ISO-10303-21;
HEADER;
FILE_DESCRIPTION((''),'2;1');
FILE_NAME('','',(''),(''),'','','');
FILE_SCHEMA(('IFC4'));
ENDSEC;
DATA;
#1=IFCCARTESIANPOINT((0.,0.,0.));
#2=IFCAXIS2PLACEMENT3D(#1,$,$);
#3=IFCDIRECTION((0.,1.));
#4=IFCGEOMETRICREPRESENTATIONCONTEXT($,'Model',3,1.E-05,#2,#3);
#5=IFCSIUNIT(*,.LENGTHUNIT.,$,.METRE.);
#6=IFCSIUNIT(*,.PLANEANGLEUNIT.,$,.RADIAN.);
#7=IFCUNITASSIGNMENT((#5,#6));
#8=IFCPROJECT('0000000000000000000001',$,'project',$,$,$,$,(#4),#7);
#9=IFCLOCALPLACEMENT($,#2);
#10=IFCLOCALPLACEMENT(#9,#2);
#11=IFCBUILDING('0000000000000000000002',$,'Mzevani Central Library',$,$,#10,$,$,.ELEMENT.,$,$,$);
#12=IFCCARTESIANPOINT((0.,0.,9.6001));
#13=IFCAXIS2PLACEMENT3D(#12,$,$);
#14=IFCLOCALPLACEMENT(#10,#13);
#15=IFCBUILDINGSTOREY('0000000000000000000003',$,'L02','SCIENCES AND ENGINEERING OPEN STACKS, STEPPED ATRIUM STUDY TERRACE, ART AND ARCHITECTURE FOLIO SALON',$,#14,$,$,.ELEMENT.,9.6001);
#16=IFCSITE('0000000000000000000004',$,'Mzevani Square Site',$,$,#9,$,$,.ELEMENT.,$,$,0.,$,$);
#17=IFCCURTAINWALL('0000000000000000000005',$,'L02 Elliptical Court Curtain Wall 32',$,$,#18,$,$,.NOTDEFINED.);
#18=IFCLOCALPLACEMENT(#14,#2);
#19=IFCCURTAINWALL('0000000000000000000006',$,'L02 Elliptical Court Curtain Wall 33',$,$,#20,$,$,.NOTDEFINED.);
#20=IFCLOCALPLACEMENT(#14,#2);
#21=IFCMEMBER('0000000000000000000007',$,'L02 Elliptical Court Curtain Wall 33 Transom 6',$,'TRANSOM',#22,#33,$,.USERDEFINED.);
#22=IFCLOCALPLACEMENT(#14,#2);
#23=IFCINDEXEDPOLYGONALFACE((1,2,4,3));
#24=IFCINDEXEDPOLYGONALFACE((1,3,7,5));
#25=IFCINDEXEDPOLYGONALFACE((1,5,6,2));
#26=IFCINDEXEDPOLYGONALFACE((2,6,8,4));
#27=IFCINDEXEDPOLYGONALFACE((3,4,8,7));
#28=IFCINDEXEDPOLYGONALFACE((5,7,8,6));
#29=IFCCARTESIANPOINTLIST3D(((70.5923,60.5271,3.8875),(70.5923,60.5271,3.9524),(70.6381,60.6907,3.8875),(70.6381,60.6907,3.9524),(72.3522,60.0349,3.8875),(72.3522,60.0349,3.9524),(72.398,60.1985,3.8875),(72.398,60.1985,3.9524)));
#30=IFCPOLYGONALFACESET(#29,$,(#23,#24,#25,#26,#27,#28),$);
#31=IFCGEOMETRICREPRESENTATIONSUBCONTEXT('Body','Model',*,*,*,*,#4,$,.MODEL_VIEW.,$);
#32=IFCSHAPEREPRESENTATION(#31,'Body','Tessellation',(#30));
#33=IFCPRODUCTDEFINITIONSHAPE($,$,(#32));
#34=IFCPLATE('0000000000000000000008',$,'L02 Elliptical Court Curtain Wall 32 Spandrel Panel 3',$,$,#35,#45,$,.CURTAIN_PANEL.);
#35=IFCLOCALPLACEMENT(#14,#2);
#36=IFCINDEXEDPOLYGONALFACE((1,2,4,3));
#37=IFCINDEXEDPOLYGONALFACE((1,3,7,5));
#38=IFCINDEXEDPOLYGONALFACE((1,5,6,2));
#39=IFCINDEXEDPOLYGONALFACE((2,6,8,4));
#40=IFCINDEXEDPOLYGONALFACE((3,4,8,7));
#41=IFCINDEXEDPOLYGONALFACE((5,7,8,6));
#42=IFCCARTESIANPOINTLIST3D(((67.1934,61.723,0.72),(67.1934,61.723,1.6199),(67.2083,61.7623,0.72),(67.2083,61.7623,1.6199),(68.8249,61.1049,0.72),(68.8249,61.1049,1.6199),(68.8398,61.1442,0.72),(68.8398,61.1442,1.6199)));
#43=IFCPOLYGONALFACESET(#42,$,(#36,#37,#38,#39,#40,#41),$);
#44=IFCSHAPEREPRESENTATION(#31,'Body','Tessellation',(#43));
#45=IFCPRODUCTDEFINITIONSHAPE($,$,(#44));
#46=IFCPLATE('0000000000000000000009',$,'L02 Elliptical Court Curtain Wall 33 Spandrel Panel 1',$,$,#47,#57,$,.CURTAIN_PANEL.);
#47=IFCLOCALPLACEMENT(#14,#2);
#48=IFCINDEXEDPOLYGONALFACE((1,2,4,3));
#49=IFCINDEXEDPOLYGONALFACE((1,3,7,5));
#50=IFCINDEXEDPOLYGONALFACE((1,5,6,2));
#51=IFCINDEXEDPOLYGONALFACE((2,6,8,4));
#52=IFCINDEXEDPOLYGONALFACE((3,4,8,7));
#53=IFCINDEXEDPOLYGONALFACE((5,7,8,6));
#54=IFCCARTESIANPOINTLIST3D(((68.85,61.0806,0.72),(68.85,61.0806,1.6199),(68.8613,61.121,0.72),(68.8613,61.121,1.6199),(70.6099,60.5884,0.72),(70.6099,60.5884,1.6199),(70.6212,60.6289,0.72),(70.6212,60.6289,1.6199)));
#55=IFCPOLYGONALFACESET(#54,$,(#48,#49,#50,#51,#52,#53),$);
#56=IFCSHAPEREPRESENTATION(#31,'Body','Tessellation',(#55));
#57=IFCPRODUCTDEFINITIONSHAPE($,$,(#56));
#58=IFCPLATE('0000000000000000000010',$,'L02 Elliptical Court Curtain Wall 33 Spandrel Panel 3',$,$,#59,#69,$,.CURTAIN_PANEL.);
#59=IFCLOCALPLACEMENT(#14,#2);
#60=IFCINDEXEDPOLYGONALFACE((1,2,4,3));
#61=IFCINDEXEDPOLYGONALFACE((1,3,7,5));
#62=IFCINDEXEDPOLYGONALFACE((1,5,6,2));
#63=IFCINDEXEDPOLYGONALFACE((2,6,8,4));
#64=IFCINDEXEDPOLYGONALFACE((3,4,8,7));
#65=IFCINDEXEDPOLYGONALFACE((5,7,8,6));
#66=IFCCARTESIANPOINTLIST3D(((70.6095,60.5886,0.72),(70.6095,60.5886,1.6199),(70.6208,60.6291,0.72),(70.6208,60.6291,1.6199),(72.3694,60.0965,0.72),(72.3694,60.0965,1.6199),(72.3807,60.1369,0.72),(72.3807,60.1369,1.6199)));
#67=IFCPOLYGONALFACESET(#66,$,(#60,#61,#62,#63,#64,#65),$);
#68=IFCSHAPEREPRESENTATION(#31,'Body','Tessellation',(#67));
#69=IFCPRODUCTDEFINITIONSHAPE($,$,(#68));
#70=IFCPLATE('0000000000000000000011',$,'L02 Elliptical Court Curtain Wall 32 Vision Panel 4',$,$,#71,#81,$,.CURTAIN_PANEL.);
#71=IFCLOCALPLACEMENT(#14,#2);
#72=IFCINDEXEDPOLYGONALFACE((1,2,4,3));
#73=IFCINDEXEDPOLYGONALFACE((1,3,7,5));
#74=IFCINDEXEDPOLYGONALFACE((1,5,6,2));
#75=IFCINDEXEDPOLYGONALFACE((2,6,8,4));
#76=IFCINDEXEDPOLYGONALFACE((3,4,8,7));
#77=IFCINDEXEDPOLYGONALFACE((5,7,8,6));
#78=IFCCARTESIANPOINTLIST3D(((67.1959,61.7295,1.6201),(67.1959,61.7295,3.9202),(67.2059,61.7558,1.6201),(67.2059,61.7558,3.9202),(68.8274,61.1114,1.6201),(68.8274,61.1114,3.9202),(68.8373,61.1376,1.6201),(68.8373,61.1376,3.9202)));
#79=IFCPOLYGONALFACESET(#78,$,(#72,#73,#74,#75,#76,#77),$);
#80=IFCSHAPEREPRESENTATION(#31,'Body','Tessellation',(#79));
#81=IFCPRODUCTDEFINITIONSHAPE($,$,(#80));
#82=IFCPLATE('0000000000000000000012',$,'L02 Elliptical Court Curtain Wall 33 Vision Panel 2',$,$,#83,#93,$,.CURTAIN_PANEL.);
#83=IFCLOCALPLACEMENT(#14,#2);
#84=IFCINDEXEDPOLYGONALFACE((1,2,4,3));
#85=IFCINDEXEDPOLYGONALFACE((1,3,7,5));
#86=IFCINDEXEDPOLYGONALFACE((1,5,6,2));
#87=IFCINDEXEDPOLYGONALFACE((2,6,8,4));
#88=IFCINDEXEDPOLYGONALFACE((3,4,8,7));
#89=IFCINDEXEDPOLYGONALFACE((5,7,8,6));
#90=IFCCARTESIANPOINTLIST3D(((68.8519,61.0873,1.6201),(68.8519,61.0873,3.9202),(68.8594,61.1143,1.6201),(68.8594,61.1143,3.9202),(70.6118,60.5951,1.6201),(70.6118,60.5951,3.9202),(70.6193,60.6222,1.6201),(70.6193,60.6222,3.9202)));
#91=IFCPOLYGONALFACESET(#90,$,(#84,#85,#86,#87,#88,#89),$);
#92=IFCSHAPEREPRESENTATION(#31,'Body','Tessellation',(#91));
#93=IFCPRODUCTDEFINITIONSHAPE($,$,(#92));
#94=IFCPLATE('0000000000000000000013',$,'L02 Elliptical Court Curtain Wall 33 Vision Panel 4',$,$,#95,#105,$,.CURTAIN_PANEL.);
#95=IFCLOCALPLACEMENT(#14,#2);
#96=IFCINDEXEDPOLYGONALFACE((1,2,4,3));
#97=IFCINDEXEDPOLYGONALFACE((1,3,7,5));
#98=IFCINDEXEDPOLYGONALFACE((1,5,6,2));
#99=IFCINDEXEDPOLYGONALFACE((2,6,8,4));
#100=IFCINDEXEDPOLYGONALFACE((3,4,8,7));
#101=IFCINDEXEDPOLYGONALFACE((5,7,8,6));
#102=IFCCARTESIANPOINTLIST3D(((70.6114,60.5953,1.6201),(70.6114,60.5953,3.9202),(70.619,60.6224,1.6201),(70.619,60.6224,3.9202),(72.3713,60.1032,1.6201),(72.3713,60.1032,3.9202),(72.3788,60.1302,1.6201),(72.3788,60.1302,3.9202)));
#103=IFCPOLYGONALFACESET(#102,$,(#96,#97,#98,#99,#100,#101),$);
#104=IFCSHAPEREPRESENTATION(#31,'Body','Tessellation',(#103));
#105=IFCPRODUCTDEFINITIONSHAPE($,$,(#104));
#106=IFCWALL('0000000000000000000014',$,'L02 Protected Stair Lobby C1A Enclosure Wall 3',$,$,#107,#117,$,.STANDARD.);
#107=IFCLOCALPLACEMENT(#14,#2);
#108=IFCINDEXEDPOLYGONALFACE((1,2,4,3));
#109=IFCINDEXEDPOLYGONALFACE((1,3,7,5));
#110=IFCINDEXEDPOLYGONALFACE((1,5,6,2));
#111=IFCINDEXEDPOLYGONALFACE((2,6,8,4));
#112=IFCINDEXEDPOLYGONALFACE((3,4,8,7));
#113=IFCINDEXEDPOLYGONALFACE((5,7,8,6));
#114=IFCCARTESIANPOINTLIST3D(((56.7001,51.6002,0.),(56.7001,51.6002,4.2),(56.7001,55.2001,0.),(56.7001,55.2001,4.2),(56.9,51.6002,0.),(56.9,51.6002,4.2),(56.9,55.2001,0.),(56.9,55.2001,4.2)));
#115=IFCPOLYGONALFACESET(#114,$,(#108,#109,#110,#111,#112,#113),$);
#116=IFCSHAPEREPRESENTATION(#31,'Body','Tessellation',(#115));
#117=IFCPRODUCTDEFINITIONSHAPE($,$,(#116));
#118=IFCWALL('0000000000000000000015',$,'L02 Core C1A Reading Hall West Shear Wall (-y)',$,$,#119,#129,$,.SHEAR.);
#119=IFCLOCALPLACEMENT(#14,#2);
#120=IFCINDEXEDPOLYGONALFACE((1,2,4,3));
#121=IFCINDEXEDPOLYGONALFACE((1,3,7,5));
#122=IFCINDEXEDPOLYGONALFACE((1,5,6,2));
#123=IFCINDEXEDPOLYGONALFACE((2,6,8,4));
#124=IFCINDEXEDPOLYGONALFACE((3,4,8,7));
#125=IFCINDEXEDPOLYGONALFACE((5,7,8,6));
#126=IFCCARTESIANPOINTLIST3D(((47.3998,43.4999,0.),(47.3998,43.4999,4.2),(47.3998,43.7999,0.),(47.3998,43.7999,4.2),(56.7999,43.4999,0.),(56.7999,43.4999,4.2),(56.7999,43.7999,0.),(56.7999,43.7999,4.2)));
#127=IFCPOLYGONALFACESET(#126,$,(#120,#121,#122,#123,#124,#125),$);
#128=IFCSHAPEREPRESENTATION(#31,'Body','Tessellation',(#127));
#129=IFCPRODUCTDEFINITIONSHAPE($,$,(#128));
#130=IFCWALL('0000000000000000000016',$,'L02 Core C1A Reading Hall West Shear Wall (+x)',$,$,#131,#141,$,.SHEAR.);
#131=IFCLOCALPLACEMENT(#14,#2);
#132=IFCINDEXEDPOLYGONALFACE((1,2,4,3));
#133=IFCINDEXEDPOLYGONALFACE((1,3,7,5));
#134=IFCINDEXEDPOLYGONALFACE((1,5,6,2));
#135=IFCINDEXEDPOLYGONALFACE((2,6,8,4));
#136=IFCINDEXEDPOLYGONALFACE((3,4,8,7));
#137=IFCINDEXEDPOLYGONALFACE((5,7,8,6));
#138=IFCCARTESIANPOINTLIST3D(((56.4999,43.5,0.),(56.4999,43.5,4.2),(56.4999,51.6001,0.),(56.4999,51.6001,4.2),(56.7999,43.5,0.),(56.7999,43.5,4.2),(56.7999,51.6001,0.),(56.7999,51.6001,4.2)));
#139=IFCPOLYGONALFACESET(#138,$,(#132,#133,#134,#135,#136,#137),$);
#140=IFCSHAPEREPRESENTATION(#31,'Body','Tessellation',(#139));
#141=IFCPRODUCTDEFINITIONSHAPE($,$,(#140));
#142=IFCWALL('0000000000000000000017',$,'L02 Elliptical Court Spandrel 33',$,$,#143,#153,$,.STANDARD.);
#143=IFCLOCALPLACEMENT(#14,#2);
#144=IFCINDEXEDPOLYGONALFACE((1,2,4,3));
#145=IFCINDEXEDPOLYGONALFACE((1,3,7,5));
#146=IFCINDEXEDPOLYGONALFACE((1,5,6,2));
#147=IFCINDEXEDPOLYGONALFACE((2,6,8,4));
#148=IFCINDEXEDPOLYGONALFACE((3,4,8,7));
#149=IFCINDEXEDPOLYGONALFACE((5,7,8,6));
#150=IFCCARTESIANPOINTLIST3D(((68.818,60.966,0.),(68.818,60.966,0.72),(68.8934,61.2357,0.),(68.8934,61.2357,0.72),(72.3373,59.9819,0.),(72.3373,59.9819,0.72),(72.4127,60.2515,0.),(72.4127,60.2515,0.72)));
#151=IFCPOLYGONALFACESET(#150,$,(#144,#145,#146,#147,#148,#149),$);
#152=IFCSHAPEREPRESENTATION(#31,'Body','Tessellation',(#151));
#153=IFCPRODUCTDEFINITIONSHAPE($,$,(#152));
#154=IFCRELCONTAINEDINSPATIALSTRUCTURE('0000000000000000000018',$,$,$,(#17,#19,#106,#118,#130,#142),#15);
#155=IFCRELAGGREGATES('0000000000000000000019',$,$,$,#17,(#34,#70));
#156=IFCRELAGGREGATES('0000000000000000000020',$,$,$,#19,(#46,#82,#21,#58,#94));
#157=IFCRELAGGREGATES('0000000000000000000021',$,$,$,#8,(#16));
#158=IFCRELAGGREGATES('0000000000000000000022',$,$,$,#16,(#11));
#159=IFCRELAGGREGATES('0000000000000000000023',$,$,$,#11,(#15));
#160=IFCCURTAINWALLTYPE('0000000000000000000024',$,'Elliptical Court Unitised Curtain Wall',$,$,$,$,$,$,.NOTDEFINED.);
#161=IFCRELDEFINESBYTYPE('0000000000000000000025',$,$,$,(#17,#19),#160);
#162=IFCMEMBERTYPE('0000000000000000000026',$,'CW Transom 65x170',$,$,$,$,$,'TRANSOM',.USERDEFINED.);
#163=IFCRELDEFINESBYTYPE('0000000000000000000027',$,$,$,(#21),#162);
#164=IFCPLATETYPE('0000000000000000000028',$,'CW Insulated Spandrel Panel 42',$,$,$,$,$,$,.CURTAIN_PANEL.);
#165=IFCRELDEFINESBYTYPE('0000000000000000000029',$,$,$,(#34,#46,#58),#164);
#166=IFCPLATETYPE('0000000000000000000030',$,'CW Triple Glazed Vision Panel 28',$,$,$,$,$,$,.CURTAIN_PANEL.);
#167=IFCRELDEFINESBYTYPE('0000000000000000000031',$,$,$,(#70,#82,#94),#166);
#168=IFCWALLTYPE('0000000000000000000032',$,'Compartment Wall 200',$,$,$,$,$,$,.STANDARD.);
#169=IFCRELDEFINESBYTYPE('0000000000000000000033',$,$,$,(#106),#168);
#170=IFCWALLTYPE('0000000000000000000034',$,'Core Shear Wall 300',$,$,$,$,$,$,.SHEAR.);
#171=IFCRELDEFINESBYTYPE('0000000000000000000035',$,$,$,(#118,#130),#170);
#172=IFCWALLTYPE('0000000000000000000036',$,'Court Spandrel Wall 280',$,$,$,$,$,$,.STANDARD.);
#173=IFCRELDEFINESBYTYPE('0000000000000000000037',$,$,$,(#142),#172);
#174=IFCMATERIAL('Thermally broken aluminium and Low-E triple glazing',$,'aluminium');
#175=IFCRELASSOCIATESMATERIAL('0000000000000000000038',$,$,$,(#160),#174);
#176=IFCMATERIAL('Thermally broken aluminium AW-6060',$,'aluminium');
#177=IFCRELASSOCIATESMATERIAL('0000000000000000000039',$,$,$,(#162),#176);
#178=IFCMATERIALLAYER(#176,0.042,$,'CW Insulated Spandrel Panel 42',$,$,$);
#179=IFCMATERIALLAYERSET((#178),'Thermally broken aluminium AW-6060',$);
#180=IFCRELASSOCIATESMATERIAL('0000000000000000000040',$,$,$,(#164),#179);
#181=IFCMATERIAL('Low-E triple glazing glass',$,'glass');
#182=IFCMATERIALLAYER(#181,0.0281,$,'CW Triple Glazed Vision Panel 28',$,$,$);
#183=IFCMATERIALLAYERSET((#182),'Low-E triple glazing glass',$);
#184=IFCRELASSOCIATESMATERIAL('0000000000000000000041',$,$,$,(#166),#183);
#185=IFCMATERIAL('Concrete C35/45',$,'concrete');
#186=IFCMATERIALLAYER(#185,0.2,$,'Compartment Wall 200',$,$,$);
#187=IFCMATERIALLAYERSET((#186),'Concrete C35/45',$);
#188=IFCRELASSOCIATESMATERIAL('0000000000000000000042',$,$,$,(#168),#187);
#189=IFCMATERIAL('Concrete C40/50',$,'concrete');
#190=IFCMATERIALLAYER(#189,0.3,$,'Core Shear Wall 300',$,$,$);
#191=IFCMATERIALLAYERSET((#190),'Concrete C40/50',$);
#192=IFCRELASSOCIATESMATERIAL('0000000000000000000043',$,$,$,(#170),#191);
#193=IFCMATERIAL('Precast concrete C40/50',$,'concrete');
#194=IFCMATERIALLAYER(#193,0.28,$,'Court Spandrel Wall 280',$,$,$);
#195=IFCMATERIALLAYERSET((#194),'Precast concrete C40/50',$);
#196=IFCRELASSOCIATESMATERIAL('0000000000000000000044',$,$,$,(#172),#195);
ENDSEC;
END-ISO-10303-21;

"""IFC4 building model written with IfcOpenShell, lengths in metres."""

from ifc_helpers import new_model, si_unit, direction, frame, frame_2d, origin, origin_2d, place, context, subcontext, project, spatial, rectangle, extrude, material, layer, layer_set, material_profile, profile_set, type_object, element, aggregate, save


model = new_model("IFC4")

# Units and contexts
model_context = context("Model", 3, precision=1e-05, world=origin(), true_north=direction((0.0, 1.0)))
body_context = subcontext(model_context, "Body", "Model", "MODEL_VIEW")
ifc_project = project(units=[si_unit("LENGTHUNIT", "METRE"), si_unit("PLANEANGLEUNIT", "RADIAN")], contexts=[model_context])

# Site, building, storey
site_placement = place(None, origin())
site = spatial("IfcSite", under=ifc_project, at=site_placement, Name="Mzevani Square Site", CompositionType="ELEMENT", RefElevation=0.0)
building_placement = place(site_placement, origin())
building = spatial("IfcBuilding", under=site, at=building_placement, Name="Mzevani Central Library", CompositionType="ELEMENT")
storey_placement = place(building_placement, frame((0.0, 0.0, 9.6001)))
storey = spatial("IfcBuildingStorey", under=building, at=storey_placement, Name="L02", Description="SCIENCES AND ENGINEERING OPEN STACKS, STEPPED ATRIUM STUDY TERRACE, ART AND ARCHITECTURE FOLIO SALON", CompositionType="ELEMENT", Elevation=9.6001)

# Shared definitions
ifc_material_1 = material(Name="Concrete C40/50", Category="concrete")

# Shared definitions
ifc_material_2 = material(Name="Concrete C35/45", Category="concrete")

# Curtain wall
ifc_material_3 = material(Name="Thermally broken aluminium and Low-E triple glazing", Category="aluminium")
curtain_wall_type = type_object("IfcCurtainWallType", Name="Elliptical Court Unitised Curtain Wall", PredefinedType="NOTDEFINED", material=ifc_material_3)
curtain_wall_1_placement = place(storey_placement, origin())
curtain_wall_1 = element("IfcCurtainWall", 1, at=curtain_wall_1_placement, inside=storey, type_object=curtain_wall_type, Name="L02 Elliptical Court Curtain Wall 32", PredefinedType="NOTDEFINED")
ifc_material_4 = material(Name="Thermally broken aluminium AW-6060", Category="aluminium")

# Curtain wall, member
curtain_wall_2_placement = place(storey_placement, origin())
curtain_wall_2 = element("IfcCurtainWall", 2, at=curtain_wall_2_placement, inside=storey, type_object=curtain_wall_type, Name="L02 Elliptical Court Curtain Wall 33", PredefinedType="NOTDEFINED")
ifc_material_profile_1 = material_profile(ifc_material_4, rectangle(XDim=0.1699, YDim=0.0649, at=origin_2d()), Name="ALU T65x170")
ifc_profile_set_1 = profile_set([ifc_material_profile_1], Name="Thermally broken aluminium AW-6060")
member_type_1 = type_object("IfcMemberType", Name="CW Transom 65x170", ElementType="TRANSOM", PredefinedType="USERDEFINED", material=ifc_profile_set_1)
member_1_placement = place(storey_placement, frame((70.6152, 60.6089, 3.9199), z_axis=(0.963042, -0.269352, 0.0), x_axis=(0.269352, 0.963042, 0.0)))
member_1 = element("IfcMember", 3, at=member_1_placement, type_object=member_type_1, Name="L02 Elliptical Court Curtain Wall 33 Transom 6", ObjectType="TRANSOM", PredefinedType="USERDEFINED", context=body_context, shape_type="SweptSolid", body=[
    extrude(rectangle(XDim=0.1699, YDim=0.0649, at=origin_2d()), origin(), (0.0, 0.0, 1.0), 1.8274),
])

# Plates
ifc_layer_1 = layer(ifc_material_4, 0.042, Name="CW Insulated Spandrel Panel 42")
ifc_layer_set_1 = layer_set([ifc_layer_1], Name="Thermally broken aluminium AW-6060")
plate_type_1 = type_object("IfcPlateType", Name="CW Insulated Spandrel Panel 42", PredefinedType="CURTAIN_PANEL", material=ifc_layer_set_1)
plate_1_placement = place(storey_placement, frame((68.0166, 61.4336, 0.72), z_axis=(0.0, 0.0, 1.0), x_axis=(0.935126, -0.354316, 0.0)))
plate_1 = element("IfcPlate", 4, at=plate_1_placement, type_object=plate_type_1, Name="L02 Elliptical Court Curtain Wall 32 Spandrel Panel 3", PredefinedType="CURTAIN_PANEL", context=body_context, shape_type="SweptSolid", body=[
    extrude(rectangle(XDim=1.7446, YDim=0.042, at=origin_2d()), origin(), (0.0, 0.0, 1.0), 0.8999),
])
plate_2_placement = place(storey_placement, frame((69.7356, 60.8547, 0.72), z_axis=(0.0, 0.0, 1.0), x_axis=(0.963054, -0.26931, 0.0)))
plate_2 = element("IfcPlate", 5, at=plate_2_placement, type_object=plate_type_1, Name="L02 Elliptical Court Curtain Wall 33 Spandrel Panel 1", PredefinedType="CURTAIN_PANEL", context=body_context, shape_type="SweptSolid", body=[
    extrude(rectangle(XDim=1.8274, YDim=0.042, at=origin_2d()), origin(), (0.0, 0.0, 1.0), 0.8999),
])
plate_3_placement = place(storey_placement, frame((71.4951, 60.3628, 0.72), z_axis=(0.0, 0.0, 1.0), x_axis=(0.963054, -0.26931, 0.0)))
plate_3 = element("IfcPlate", 6, at=plate_3_placement, type_object=plate_type_1, Name="L02 Elliptical Court Curtain Wall 33 Spandrel Panel 3", PredefinedType="CURTAIN_PANEL", context=body_context, shape_type="SweptSolid", body=[
    extrude(rectangle(XDim=1.8274, YDim=0.042, at=origin_2d()), origin(), (0.0, 0.0, 1.0), 0.8999),
])
ifc_material_5 = material(Name="Low-E triple glazing glass", Category="glass")
ifc_layer_2 = layer(ifc_material_5, 0.0281, Name="CW Triple Glazed Vision Panel 28")
ifc_layer_set_2 = layer_set([ifc_layer_2], Name="Low-E triple glazing glass")
plate_type_2 = type_object("IfcPlateType", Name="CW Triple Glazed Vision Panel 28", PredefinedType="CURTAIN_PANEL", material=ifc_layer_set_2)
plate_4_placement = place(storey_placement, frame((68.0166, 61.4336, 1.6201), z_axis=(0.0, 0.0, 1.0), x_axis=(0.935126, -0.354316, 0.0)))
plate_4 = element("IfcPlate", 7, at=plate_4_placement, type_object=plate_type_2, Name="L02 Elliptical Court Curtain Wall 32 Vision Panel 4", PredefinedType="CURTAIN_PANEL", context=body_context, shape_type="SweptSolid", body=[
    extrude(rectangle(XDim=1.7446, YDim=0.0281, at=origin_2d()), origin(), (0.0, 0.0, 1.0), 2.3),
])
aggregate(curtain_wall_1, [plate_1, plate_4])
plate_5_placement = place(storey_placement, frame((69.7356, 60.8547, 1.6201), z_axis=(0.0, 0.0, 1.0), x_axis=(0.963054, -0.26931, 0.0)))
plate_5 = element("IfcPlate", 8, at=plate_5_placement, type_object=plate_type_2, Name="L02 Elliptical Court Curtain Wall 33 Vision Panel 2", PredefinedType="CURTAIN_PANEL", context=body_context, shape_type="SweptSolid", body=[
    extrude(rectangle(XDim=1.8274, YDim=0.0281, at=origin_2d()), origin(), (0.0, 0.0, 1.0), 2.3),
])
plate_6_placement = place(storey_placement, frame((71.4951, 60.3628, 1.6201), z_axis=(0.0, 0.0, 1.0), x_axis=(0.963054, -0.26931, 0.0)))
plate_6 = element("IfcPlate", 9, at=plate_6_placement, type_object=plate_type_2, Name="L02 Elliptical Court Curtain Wall 33 Vision Panel 4", PredefinedType="CURTAIN_PANEL", context=body_context, shape_type="SweptSolid", body=[
    extrude(rectangle(XDim=1.8274, YDim=0.0281, at=origin_2d()), origin(), (0.0, 0.0, 1.0), 2.3),
])
aggregate(curtain_wall_2, [plate_2, plate_5, member_1, plate_3, plate_6])

# Walls
ifc_layer_3 = layer(ifc_material_2, 0.2, Name="Compartment Wall 200")
ifc_layer_set_3 = layer_set([ifc_layer_3], Name="Concrete C35/45")
wall_type_1 = type_object("IfcWallType", Name="Compartment Wall 200", PredefinedType="STANDARD", material=ifc_layer_set_3)
wall_1_placement = place(storey_placement, frame((56.8, 55.2, 0.0), z_axis=(0.0, 0.0, 1.0), x_axis=(0.0, -1.0, 0.0)))
element("IfcWall", 10, at=wall_1_placement, inside=storey, type_object=wall_type_1, Name="L02 Protected Stair Lobby C1A Enclosure Wall 3", PredefinedType="STANDARD", context=body_context, shape_type="SweptSolid", body=[
    extrude(rectangle(XDim=3.5999, YDim=0.2, at=frame_2d((1.7998, 0.0))), origin(), (0.0, 0.0, 1.0), 4.2),
])
ifc_layer_4 = layer(ifc_material_1, 0.3, Name="Core Shear Wall 300")
ifc_layer_set_4 = layer_set([ifc_layer_4], Name="Concrete C40/50")
wall_type_2 = type_object("IfcWallType", Name="Core Shear Wall 300", PredefinedType="SHEAR", material=ifc_layer_set_4)
wall_2_placement = place(storey_placement, frame((56.8, 43.6499, 0.0), z_axis=(0.0, 0.0, 1.0), x_axis=(-1.0, 0.0, 0.0)))
element("IfcWall", 11, at=wall_2_placement, inside=storey, type_object=wall_type_2, Name="L02 Core C1A Reading Hall West Shear Wall (-y)", PredefinedType="SHEAR", context=body_context, shape_type="SweptSolid", body=[
    extrude(rectangle(XDim=9.4001, YDim=0.3, at=frame_2d((4.7002, 0.0))), origin(), (0.0, 0.0, 1.0), 4.2),
])
wall_3_placement = place(storey_placement, frame((56.6499, 51.6001, 0.0), z_axis=(0.0, 0.0, 1.0), x_axis=(0.0, -1.0, 0.0)))
element("IfcWall", 12, at=wall_3_placement, inside=storey, type_object=wall_type_2, Name="L02 Core C1A Reading Hall West Shear Wall (+x)", PredefinedType="SHEAR", context=body_context, shape_type="SweptSolid", body=[
    extrude(rectangle(XDim=8.1001, YDim=0.3, at=frame_2d((4.05, 0.0))), origin(), (0.0, 0.0, 1.0), 4.2),
])
ifc_material_6 = material(Name="Precast concrete C40/50", Category="concrete")
ifc_layer_5 = layer(ifc_material_6, 0.28, Name="Court Spandrel Wall 280")
ifc_layer_set_5 = layer_set([ifc_layer_5], Name="Precast concrete C40/50")
wall_type_3 = type_object("IfcWallType", Name="Court Spandrel Wall 280", PredefinedType="STANDARD", material=ifc_layer_set_5)
wall_4_placement = place(storey_placement, frame((68.8557, 61.1008, 0.0), z_axis=(0.0, 0.0, 1.0), x_axis=(0.963054, -0.269308, 0.0)))
element("IfcWall", 13, at=wall_4_placement, inside=storey, type_object=wall_type_3, Name="L02 Elliptical Court Spandrel 33", PredefinedType="STANDARD", context=body_context, shape_type="SweptSolid", body=[
    extrude(rectangle(XDim=3.6543, YDim=0.28, at=frame_2d((1.8271, 0.0))), origin(), (0.0, 0.0, 1.0), 0.72),
])

save(model, "model.ifc")
